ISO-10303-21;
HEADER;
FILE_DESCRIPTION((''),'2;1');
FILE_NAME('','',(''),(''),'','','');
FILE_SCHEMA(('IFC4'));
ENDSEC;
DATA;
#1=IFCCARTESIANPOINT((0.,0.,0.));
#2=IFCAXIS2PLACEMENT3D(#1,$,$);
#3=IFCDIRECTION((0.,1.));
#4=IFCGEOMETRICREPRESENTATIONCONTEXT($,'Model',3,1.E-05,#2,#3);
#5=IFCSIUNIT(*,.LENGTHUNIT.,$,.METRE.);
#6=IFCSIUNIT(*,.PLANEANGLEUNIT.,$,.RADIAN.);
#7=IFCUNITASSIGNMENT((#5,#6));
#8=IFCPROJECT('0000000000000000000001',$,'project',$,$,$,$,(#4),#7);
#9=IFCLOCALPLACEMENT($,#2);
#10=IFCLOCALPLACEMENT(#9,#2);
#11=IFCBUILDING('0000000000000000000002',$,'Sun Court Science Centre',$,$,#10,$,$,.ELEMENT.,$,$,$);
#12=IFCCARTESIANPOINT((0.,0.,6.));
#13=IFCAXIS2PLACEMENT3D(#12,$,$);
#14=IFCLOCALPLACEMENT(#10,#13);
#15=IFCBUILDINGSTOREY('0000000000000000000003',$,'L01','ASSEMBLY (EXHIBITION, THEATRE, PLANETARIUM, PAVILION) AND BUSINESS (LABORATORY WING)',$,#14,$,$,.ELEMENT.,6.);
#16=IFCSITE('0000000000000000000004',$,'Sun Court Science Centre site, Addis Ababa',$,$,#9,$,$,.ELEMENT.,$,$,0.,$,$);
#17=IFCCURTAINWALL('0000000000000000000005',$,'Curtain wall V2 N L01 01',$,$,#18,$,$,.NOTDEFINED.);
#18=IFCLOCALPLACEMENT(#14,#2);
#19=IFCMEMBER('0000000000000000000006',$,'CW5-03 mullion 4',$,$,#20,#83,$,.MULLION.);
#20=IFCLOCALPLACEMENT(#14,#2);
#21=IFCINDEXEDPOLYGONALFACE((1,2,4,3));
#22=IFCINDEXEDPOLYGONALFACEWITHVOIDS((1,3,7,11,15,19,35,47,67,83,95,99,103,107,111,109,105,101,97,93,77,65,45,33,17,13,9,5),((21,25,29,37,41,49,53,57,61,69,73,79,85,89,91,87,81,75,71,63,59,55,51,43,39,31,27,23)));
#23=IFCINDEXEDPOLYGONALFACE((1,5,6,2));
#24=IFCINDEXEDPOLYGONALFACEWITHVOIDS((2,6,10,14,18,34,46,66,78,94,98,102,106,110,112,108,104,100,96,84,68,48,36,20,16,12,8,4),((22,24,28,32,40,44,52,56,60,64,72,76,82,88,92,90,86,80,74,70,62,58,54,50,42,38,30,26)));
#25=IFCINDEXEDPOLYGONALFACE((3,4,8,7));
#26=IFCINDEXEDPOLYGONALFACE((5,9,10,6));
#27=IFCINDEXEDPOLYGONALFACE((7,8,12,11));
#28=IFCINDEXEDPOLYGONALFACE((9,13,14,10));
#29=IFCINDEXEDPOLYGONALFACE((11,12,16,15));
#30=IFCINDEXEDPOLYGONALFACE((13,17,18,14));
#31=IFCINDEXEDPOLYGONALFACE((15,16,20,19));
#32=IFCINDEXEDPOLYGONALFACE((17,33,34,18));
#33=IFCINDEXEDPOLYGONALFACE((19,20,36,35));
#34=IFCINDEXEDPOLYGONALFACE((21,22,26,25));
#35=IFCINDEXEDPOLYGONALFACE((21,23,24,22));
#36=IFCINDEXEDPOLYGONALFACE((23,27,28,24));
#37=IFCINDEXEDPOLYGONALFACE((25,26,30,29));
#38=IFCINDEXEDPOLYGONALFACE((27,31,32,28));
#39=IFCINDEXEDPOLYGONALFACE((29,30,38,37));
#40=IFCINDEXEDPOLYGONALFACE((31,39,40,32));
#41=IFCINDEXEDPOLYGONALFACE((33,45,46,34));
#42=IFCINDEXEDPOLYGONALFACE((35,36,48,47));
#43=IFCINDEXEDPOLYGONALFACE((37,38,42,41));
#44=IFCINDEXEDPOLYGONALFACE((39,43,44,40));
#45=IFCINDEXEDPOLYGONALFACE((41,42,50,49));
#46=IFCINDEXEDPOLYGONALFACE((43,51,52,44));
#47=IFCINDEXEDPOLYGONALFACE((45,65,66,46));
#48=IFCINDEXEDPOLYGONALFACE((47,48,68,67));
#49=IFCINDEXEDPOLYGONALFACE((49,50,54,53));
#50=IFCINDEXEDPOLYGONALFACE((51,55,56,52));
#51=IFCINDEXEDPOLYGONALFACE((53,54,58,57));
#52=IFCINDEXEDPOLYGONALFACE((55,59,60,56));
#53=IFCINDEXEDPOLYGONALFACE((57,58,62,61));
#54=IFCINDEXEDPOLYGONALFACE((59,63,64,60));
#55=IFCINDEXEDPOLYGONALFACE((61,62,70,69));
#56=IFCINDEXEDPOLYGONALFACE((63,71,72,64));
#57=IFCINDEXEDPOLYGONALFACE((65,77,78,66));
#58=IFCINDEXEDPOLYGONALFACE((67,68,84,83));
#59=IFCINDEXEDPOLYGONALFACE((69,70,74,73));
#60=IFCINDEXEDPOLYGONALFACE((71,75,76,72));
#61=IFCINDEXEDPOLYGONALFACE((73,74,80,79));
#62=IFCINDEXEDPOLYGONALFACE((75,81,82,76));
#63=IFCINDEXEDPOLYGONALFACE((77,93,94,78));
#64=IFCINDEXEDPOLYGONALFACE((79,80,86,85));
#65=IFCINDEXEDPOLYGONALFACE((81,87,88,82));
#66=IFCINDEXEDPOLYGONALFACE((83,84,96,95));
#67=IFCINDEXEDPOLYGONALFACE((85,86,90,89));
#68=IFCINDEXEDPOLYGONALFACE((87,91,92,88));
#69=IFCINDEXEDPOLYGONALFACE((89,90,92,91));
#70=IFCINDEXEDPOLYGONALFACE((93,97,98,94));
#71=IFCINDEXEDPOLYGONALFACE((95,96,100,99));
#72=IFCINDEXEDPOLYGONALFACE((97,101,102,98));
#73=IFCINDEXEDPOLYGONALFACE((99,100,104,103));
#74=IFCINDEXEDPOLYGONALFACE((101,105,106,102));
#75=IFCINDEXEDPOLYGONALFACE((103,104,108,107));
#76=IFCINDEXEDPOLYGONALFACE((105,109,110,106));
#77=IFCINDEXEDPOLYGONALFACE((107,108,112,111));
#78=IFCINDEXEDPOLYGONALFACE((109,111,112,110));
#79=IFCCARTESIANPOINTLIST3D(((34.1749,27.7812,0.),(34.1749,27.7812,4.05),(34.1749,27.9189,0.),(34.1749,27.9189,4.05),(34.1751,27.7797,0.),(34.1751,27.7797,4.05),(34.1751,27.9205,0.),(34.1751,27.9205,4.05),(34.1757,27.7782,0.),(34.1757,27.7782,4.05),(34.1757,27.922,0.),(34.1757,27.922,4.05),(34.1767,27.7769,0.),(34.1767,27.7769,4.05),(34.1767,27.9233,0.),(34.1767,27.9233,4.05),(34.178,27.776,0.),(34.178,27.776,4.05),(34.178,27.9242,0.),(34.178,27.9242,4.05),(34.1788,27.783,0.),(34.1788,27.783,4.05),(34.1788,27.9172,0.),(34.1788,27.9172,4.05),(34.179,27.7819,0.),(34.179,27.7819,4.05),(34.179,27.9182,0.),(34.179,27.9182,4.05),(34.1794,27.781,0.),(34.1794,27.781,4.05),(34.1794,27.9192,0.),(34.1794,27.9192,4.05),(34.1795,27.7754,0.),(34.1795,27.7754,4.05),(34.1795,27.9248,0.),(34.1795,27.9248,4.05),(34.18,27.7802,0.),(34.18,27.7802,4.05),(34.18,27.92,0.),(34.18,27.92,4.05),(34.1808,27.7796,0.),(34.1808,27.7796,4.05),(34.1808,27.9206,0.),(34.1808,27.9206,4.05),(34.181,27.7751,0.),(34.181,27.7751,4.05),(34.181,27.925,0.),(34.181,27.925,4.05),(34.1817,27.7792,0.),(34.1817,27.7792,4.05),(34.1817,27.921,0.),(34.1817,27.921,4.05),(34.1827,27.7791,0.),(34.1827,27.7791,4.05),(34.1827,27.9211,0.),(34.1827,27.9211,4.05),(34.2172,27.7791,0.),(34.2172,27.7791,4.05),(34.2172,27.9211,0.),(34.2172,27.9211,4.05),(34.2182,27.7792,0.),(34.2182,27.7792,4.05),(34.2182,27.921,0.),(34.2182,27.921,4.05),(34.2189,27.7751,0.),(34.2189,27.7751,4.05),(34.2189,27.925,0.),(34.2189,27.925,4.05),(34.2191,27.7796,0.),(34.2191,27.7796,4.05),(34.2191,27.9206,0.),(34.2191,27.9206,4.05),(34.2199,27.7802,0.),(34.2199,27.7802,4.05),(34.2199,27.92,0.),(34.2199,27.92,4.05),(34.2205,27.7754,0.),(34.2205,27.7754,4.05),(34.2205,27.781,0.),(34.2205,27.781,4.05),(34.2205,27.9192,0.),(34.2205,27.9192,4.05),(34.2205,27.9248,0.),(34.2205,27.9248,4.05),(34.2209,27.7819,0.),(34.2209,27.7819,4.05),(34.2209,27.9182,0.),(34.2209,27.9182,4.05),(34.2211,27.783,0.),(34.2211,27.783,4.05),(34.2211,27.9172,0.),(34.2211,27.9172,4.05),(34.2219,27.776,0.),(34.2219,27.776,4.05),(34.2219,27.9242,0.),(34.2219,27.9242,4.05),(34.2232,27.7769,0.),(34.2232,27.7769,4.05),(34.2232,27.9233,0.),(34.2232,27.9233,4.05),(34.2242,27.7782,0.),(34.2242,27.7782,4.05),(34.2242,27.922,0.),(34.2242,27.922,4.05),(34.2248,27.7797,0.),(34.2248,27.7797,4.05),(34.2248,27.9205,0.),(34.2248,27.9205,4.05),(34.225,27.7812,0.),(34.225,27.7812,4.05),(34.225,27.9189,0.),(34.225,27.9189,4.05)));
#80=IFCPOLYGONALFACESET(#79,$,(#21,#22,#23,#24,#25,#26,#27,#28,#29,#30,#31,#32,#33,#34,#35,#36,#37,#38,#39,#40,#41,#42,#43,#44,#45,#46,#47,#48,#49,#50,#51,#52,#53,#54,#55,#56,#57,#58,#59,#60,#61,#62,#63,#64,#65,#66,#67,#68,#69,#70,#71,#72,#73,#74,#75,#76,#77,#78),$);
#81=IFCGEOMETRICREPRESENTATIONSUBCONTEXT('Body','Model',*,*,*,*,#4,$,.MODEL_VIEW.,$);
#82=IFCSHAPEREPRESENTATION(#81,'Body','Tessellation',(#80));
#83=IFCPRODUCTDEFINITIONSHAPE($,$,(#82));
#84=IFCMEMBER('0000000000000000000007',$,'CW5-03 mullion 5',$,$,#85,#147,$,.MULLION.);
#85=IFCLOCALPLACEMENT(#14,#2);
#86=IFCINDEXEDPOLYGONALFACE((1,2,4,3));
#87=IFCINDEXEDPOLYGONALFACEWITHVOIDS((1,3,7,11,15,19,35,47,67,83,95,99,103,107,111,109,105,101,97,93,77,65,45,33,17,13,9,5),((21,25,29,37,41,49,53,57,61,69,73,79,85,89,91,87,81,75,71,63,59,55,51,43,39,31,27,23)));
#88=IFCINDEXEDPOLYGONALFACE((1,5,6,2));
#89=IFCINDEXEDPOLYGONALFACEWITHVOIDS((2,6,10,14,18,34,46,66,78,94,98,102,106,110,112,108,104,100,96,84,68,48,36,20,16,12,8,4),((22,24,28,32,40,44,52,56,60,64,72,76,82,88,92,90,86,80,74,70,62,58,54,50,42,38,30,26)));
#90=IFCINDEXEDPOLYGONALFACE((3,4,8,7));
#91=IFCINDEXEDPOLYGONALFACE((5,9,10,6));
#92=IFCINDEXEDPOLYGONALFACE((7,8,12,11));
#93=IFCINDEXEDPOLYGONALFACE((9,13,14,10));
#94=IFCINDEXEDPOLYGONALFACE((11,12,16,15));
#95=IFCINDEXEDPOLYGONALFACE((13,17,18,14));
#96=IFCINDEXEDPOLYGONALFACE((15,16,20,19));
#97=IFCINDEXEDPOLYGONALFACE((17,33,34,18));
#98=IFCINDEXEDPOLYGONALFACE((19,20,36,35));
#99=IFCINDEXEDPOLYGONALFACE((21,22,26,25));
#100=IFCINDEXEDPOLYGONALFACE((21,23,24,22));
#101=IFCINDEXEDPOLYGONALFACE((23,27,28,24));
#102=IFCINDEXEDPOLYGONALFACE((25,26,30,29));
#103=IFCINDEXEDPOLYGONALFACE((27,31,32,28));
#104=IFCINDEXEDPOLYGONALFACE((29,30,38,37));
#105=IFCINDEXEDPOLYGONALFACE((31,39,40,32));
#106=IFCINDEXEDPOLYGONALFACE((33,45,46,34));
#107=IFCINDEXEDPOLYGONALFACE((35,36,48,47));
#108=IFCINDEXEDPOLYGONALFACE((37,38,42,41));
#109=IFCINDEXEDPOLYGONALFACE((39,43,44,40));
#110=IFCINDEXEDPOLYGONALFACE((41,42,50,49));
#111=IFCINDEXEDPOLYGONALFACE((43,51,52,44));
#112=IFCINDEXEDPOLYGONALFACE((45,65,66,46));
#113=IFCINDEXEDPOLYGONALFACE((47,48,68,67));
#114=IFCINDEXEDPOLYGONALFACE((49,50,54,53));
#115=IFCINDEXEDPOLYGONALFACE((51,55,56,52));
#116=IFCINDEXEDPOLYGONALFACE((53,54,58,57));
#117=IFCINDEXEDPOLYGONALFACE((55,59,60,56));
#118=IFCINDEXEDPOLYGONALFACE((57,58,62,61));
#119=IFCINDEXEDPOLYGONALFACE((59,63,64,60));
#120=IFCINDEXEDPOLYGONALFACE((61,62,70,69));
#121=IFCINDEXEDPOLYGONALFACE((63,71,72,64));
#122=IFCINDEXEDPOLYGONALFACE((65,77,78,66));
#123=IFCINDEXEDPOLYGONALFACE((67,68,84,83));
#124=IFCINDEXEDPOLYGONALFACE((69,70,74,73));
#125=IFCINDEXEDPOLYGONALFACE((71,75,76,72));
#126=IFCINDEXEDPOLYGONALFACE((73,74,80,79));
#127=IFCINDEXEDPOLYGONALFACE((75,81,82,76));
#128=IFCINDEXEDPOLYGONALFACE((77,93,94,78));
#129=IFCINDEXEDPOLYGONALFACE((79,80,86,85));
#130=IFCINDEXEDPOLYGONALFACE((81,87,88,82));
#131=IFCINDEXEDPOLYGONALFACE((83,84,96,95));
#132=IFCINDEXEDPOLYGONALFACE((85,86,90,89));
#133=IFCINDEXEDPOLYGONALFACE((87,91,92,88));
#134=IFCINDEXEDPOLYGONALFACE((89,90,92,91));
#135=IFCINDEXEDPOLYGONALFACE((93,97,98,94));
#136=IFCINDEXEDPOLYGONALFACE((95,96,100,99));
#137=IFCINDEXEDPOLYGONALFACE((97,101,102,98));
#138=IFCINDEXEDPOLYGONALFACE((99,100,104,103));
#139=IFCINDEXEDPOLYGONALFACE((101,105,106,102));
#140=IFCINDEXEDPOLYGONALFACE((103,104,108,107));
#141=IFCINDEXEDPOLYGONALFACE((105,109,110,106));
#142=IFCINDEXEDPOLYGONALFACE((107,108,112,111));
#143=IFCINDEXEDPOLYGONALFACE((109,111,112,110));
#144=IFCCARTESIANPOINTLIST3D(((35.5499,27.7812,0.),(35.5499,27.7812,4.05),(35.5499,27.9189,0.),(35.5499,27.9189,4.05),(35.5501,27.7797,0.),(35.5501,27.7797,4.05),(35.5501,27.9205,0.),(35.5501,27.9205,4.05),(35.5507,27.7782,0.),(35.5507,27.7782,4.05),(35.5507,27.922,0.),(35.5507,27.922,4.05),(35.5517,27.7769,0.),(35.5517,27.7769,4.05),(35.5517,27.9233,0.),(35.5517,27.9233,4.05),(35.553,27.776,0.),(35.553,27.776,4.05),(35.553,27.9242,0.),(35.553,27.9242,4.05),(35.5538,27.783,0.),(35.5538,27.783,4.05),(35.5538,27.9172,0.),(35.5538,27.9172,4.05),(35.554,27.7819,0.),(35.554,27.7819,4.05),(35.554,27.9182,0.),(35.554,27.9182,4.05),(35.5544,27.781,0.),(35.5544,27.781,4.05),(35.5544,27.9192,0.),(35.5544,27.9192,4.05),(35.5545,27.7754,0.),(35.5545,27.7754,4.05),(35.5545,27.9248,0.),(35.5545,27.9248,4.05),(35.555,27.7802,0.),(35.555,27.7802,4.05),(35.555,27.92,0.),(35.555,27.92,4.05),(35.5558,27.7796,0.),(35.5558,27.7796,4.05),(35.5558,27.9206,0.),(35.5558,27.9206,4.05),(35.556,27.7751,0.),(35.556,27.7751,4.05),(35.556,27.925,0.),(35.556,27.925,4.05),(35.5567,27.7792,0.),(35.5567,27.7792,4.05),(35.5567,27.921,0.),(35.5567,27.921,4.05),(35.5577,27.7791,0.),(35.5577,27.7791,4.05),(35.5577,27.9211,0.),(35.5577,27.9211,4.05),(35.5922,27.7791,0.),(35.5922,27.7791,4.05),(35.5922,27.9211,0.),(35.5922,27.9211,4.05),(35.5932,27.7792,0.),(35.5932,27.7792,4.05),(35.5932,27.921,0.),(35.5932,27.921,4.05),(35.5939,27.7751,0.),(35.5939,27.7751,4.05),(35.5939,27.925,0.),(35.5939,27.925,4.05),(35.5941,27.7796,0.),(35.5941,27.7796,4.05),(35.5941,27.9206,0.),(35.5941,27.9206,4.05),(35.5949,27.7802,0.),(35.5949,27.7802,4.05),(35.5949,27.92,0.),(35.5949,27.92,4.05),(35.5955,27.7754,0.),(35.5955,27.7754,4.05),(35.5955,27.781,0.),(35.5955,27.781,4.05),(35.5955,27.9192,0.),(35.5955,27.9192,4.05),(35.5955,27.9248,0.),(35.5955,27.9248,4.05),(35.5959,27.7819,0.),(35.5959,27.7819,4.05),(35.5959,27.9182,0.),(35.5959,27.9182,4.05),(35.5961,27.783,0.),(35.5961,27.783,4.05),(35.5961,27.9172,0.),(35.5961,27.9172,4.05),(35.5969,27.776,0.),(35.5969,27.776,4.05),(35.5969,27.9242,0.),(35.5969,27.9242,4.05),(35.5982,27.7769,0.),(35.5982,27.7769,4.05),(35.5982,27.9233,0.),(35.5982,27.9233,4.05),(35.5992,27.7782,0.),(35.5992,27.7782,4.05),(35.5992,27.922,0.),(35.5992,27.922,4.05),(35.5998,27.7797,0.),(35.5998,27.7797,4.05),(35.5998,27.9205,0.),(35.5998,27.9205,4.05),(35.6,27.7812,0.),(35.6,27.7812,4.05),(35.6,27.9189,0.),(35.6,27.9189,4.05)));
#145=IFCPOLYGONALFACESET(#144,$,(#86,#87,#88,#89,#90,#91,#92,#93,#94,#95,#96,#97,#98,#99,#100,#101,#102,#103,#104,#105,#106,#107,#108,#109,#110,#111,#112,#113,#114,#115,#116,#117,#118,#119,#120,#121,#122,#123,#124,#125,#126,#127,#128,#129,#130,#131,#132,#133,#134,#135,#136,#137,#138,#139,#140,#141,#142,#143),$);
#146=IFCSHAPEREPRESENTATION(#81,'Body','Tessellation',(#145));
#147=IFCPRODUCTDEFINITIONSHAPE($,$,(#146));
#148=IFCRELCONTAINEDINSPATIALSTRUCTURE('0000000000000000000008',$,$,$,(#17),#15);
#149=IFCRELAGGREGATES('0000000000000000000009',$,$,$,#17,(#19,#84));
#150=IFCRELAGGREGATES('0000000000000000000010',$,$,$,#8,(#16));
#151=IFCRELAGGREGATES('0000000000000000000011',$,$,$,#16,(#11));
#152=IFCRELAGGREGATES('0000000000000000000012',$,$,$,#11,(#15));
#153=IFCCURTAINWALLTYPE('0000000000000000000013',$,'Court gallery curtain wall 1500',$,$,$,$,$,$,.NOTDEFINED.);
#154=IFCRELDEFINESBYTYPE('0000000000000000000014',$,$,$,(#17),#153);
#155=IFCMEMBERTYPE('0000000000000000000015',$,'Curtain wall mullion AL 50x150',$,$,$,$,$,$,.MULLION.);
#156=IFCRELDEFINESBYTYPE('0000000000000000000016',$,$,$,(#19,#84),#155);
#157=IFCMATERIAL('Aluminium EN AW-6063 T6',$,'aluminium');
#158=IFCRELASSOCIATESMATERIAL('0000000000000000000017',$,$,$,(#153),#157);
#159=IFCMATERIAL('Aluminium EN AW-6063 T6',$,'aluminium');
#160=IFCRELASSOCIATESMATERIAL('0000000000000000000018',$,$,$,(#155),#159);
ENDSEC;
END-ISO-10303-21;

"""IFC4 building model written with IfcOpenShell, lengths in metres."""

from ifc_helpers import new_model, si_unit, direction, frame, origin, origin_2d, place, context, subcontext, project, spatial, hollow_rectangle, extrude, material, material_profile, profile_set, type_object, element, aggregate, save


model = new_model("IFC4")

# Units and contexts
model_context = context("Model", 3, precision=1e-05, world=origin(), true_north=direction((0.0, 1.0)))
body_context = subcontext(model_context, "Body", "Model", "MODEL_VIEW")
ifc_project = project(units=[si_unit("LENGTHUNIT", "METRE"), si_unit("PLANEANGLEUNIT", "RADIAN")], contexts=[model_context])

# Site, building, storey
site_placement = place(None, origin())
site = spatial("IfcSite", under=ifc_project, at=site_placement, Name="Sun Court Science Centre site, Addis Ababa", CompositionType="ELEMENT", RefElevation=0.0)
building_placement = place(site_placement, origin())
building = spatial("IfcBuilding", under=site, at=building_placement, Name="Sun Court Science Centre", CompositionType="ELEMENT")
storey_placement = place(building_placement, frame((0.0, 0.0, 6.0)))
storey = spatial("IfcBuildingStorey", under=building, at=storey_placement, Name="L01", Description="ASSEMBLY (EXHIBITION, THEATRE, PLANETARIUM, PAVILION) AND BUSINESS (LABORATORY WING)", CompositionType="ELEMENT", Elevation=6.0)

# Curtain wall, members
ifc_material_1 = material(Name="Aluminium EN AW-6063 T6", Category="aluminium")
curtain_wall_type_1 = type_object("IfcCurtainWallType", Name="Court gallery curtain wall 1500", PredefinedType="NOTDEFINED", material=ifc_material_1)
curtain_wall_1_placement = place(storey_placement, origin())
curtain_wall_1 = element("IfcCurtainWall", 1, at=curtain_wall_1_placement, inside=storey, type_object=curtain_wall_type_1, Name="Curtain wall V2 N L01 01", PredefinedType="NOTDEFINED")
ifc_material_2 = material(Name="Aluminium EN AW-6063 T6", Category="aluminium")
ifc_material_profile_1 = material_profile(ifc_material_2, hollow_rectangle(XDim=0.05, YDim=0.1499, WallThickness=0.0039, InnerFilletRadius=0.0039, OuterFilletRadius=0.0061, at=origin_2d()), Name="AL 50x150x4")
ifc_profile_set_1 = profile_set([ifc_material_profile_1], Name="Aluminium EN AW-6063 T6")
member_type_1 = type_object("IfcMemberType", Name="Curtain wall mullion AL 50x150", PredefinedType="MULLION", material=ifc_profile_set_1)
member_1_placement = place(storey_placement, frame((34.2, 27.8501, 0.0), z_axis=(0.0, 0.0, 1.0), x_axis=(1.0, 0.0, 0.0)))
member_1 = element("IfcMember", 2, at=member_1_placement, type_object=member_type_1, Name="CW5-03 mullion 4", PredefinedType="MULLION", context=body_context, shape_type="SweptSolid", body=[
    extrude(hollow_rectangle(XDim=0.05, YDim=0.1499, WallThickness=0.0039, InnerFilletRadius=0.0039, OuterFilletRadius=0.0061, at=origin_2d()), origin(), (0.0, 0.0, 1.0), 4.05),
])
member_2_placement = place(storey_placement, frame((35.575, 27.8501, 0.0), z_axis=(0.0, 0.0, 1.0), x_axis=(1.0, 0.0, 0.0)))
member_2 = element("IfcMember", 3, at=member_2_placement, type_object=member_type_1, Name="CW5-03 mullion 5", PredefinedType="MULLION", context=body_context, shape_type="SweptSolid", body=[
    extrude(hollow_rectangle(XDim=0.05, YDim=0.1499, WallThickness=0.0039, InnerFilletRadius=0.0039, OuterFilletRadius=0.0061, at=origin_2d()), origin(), (0.0, 0.0, 1.0), 4.05),
])

aggregate(curtain_wall_1, [member_1, member_2])

save(model, "model.ifc")
